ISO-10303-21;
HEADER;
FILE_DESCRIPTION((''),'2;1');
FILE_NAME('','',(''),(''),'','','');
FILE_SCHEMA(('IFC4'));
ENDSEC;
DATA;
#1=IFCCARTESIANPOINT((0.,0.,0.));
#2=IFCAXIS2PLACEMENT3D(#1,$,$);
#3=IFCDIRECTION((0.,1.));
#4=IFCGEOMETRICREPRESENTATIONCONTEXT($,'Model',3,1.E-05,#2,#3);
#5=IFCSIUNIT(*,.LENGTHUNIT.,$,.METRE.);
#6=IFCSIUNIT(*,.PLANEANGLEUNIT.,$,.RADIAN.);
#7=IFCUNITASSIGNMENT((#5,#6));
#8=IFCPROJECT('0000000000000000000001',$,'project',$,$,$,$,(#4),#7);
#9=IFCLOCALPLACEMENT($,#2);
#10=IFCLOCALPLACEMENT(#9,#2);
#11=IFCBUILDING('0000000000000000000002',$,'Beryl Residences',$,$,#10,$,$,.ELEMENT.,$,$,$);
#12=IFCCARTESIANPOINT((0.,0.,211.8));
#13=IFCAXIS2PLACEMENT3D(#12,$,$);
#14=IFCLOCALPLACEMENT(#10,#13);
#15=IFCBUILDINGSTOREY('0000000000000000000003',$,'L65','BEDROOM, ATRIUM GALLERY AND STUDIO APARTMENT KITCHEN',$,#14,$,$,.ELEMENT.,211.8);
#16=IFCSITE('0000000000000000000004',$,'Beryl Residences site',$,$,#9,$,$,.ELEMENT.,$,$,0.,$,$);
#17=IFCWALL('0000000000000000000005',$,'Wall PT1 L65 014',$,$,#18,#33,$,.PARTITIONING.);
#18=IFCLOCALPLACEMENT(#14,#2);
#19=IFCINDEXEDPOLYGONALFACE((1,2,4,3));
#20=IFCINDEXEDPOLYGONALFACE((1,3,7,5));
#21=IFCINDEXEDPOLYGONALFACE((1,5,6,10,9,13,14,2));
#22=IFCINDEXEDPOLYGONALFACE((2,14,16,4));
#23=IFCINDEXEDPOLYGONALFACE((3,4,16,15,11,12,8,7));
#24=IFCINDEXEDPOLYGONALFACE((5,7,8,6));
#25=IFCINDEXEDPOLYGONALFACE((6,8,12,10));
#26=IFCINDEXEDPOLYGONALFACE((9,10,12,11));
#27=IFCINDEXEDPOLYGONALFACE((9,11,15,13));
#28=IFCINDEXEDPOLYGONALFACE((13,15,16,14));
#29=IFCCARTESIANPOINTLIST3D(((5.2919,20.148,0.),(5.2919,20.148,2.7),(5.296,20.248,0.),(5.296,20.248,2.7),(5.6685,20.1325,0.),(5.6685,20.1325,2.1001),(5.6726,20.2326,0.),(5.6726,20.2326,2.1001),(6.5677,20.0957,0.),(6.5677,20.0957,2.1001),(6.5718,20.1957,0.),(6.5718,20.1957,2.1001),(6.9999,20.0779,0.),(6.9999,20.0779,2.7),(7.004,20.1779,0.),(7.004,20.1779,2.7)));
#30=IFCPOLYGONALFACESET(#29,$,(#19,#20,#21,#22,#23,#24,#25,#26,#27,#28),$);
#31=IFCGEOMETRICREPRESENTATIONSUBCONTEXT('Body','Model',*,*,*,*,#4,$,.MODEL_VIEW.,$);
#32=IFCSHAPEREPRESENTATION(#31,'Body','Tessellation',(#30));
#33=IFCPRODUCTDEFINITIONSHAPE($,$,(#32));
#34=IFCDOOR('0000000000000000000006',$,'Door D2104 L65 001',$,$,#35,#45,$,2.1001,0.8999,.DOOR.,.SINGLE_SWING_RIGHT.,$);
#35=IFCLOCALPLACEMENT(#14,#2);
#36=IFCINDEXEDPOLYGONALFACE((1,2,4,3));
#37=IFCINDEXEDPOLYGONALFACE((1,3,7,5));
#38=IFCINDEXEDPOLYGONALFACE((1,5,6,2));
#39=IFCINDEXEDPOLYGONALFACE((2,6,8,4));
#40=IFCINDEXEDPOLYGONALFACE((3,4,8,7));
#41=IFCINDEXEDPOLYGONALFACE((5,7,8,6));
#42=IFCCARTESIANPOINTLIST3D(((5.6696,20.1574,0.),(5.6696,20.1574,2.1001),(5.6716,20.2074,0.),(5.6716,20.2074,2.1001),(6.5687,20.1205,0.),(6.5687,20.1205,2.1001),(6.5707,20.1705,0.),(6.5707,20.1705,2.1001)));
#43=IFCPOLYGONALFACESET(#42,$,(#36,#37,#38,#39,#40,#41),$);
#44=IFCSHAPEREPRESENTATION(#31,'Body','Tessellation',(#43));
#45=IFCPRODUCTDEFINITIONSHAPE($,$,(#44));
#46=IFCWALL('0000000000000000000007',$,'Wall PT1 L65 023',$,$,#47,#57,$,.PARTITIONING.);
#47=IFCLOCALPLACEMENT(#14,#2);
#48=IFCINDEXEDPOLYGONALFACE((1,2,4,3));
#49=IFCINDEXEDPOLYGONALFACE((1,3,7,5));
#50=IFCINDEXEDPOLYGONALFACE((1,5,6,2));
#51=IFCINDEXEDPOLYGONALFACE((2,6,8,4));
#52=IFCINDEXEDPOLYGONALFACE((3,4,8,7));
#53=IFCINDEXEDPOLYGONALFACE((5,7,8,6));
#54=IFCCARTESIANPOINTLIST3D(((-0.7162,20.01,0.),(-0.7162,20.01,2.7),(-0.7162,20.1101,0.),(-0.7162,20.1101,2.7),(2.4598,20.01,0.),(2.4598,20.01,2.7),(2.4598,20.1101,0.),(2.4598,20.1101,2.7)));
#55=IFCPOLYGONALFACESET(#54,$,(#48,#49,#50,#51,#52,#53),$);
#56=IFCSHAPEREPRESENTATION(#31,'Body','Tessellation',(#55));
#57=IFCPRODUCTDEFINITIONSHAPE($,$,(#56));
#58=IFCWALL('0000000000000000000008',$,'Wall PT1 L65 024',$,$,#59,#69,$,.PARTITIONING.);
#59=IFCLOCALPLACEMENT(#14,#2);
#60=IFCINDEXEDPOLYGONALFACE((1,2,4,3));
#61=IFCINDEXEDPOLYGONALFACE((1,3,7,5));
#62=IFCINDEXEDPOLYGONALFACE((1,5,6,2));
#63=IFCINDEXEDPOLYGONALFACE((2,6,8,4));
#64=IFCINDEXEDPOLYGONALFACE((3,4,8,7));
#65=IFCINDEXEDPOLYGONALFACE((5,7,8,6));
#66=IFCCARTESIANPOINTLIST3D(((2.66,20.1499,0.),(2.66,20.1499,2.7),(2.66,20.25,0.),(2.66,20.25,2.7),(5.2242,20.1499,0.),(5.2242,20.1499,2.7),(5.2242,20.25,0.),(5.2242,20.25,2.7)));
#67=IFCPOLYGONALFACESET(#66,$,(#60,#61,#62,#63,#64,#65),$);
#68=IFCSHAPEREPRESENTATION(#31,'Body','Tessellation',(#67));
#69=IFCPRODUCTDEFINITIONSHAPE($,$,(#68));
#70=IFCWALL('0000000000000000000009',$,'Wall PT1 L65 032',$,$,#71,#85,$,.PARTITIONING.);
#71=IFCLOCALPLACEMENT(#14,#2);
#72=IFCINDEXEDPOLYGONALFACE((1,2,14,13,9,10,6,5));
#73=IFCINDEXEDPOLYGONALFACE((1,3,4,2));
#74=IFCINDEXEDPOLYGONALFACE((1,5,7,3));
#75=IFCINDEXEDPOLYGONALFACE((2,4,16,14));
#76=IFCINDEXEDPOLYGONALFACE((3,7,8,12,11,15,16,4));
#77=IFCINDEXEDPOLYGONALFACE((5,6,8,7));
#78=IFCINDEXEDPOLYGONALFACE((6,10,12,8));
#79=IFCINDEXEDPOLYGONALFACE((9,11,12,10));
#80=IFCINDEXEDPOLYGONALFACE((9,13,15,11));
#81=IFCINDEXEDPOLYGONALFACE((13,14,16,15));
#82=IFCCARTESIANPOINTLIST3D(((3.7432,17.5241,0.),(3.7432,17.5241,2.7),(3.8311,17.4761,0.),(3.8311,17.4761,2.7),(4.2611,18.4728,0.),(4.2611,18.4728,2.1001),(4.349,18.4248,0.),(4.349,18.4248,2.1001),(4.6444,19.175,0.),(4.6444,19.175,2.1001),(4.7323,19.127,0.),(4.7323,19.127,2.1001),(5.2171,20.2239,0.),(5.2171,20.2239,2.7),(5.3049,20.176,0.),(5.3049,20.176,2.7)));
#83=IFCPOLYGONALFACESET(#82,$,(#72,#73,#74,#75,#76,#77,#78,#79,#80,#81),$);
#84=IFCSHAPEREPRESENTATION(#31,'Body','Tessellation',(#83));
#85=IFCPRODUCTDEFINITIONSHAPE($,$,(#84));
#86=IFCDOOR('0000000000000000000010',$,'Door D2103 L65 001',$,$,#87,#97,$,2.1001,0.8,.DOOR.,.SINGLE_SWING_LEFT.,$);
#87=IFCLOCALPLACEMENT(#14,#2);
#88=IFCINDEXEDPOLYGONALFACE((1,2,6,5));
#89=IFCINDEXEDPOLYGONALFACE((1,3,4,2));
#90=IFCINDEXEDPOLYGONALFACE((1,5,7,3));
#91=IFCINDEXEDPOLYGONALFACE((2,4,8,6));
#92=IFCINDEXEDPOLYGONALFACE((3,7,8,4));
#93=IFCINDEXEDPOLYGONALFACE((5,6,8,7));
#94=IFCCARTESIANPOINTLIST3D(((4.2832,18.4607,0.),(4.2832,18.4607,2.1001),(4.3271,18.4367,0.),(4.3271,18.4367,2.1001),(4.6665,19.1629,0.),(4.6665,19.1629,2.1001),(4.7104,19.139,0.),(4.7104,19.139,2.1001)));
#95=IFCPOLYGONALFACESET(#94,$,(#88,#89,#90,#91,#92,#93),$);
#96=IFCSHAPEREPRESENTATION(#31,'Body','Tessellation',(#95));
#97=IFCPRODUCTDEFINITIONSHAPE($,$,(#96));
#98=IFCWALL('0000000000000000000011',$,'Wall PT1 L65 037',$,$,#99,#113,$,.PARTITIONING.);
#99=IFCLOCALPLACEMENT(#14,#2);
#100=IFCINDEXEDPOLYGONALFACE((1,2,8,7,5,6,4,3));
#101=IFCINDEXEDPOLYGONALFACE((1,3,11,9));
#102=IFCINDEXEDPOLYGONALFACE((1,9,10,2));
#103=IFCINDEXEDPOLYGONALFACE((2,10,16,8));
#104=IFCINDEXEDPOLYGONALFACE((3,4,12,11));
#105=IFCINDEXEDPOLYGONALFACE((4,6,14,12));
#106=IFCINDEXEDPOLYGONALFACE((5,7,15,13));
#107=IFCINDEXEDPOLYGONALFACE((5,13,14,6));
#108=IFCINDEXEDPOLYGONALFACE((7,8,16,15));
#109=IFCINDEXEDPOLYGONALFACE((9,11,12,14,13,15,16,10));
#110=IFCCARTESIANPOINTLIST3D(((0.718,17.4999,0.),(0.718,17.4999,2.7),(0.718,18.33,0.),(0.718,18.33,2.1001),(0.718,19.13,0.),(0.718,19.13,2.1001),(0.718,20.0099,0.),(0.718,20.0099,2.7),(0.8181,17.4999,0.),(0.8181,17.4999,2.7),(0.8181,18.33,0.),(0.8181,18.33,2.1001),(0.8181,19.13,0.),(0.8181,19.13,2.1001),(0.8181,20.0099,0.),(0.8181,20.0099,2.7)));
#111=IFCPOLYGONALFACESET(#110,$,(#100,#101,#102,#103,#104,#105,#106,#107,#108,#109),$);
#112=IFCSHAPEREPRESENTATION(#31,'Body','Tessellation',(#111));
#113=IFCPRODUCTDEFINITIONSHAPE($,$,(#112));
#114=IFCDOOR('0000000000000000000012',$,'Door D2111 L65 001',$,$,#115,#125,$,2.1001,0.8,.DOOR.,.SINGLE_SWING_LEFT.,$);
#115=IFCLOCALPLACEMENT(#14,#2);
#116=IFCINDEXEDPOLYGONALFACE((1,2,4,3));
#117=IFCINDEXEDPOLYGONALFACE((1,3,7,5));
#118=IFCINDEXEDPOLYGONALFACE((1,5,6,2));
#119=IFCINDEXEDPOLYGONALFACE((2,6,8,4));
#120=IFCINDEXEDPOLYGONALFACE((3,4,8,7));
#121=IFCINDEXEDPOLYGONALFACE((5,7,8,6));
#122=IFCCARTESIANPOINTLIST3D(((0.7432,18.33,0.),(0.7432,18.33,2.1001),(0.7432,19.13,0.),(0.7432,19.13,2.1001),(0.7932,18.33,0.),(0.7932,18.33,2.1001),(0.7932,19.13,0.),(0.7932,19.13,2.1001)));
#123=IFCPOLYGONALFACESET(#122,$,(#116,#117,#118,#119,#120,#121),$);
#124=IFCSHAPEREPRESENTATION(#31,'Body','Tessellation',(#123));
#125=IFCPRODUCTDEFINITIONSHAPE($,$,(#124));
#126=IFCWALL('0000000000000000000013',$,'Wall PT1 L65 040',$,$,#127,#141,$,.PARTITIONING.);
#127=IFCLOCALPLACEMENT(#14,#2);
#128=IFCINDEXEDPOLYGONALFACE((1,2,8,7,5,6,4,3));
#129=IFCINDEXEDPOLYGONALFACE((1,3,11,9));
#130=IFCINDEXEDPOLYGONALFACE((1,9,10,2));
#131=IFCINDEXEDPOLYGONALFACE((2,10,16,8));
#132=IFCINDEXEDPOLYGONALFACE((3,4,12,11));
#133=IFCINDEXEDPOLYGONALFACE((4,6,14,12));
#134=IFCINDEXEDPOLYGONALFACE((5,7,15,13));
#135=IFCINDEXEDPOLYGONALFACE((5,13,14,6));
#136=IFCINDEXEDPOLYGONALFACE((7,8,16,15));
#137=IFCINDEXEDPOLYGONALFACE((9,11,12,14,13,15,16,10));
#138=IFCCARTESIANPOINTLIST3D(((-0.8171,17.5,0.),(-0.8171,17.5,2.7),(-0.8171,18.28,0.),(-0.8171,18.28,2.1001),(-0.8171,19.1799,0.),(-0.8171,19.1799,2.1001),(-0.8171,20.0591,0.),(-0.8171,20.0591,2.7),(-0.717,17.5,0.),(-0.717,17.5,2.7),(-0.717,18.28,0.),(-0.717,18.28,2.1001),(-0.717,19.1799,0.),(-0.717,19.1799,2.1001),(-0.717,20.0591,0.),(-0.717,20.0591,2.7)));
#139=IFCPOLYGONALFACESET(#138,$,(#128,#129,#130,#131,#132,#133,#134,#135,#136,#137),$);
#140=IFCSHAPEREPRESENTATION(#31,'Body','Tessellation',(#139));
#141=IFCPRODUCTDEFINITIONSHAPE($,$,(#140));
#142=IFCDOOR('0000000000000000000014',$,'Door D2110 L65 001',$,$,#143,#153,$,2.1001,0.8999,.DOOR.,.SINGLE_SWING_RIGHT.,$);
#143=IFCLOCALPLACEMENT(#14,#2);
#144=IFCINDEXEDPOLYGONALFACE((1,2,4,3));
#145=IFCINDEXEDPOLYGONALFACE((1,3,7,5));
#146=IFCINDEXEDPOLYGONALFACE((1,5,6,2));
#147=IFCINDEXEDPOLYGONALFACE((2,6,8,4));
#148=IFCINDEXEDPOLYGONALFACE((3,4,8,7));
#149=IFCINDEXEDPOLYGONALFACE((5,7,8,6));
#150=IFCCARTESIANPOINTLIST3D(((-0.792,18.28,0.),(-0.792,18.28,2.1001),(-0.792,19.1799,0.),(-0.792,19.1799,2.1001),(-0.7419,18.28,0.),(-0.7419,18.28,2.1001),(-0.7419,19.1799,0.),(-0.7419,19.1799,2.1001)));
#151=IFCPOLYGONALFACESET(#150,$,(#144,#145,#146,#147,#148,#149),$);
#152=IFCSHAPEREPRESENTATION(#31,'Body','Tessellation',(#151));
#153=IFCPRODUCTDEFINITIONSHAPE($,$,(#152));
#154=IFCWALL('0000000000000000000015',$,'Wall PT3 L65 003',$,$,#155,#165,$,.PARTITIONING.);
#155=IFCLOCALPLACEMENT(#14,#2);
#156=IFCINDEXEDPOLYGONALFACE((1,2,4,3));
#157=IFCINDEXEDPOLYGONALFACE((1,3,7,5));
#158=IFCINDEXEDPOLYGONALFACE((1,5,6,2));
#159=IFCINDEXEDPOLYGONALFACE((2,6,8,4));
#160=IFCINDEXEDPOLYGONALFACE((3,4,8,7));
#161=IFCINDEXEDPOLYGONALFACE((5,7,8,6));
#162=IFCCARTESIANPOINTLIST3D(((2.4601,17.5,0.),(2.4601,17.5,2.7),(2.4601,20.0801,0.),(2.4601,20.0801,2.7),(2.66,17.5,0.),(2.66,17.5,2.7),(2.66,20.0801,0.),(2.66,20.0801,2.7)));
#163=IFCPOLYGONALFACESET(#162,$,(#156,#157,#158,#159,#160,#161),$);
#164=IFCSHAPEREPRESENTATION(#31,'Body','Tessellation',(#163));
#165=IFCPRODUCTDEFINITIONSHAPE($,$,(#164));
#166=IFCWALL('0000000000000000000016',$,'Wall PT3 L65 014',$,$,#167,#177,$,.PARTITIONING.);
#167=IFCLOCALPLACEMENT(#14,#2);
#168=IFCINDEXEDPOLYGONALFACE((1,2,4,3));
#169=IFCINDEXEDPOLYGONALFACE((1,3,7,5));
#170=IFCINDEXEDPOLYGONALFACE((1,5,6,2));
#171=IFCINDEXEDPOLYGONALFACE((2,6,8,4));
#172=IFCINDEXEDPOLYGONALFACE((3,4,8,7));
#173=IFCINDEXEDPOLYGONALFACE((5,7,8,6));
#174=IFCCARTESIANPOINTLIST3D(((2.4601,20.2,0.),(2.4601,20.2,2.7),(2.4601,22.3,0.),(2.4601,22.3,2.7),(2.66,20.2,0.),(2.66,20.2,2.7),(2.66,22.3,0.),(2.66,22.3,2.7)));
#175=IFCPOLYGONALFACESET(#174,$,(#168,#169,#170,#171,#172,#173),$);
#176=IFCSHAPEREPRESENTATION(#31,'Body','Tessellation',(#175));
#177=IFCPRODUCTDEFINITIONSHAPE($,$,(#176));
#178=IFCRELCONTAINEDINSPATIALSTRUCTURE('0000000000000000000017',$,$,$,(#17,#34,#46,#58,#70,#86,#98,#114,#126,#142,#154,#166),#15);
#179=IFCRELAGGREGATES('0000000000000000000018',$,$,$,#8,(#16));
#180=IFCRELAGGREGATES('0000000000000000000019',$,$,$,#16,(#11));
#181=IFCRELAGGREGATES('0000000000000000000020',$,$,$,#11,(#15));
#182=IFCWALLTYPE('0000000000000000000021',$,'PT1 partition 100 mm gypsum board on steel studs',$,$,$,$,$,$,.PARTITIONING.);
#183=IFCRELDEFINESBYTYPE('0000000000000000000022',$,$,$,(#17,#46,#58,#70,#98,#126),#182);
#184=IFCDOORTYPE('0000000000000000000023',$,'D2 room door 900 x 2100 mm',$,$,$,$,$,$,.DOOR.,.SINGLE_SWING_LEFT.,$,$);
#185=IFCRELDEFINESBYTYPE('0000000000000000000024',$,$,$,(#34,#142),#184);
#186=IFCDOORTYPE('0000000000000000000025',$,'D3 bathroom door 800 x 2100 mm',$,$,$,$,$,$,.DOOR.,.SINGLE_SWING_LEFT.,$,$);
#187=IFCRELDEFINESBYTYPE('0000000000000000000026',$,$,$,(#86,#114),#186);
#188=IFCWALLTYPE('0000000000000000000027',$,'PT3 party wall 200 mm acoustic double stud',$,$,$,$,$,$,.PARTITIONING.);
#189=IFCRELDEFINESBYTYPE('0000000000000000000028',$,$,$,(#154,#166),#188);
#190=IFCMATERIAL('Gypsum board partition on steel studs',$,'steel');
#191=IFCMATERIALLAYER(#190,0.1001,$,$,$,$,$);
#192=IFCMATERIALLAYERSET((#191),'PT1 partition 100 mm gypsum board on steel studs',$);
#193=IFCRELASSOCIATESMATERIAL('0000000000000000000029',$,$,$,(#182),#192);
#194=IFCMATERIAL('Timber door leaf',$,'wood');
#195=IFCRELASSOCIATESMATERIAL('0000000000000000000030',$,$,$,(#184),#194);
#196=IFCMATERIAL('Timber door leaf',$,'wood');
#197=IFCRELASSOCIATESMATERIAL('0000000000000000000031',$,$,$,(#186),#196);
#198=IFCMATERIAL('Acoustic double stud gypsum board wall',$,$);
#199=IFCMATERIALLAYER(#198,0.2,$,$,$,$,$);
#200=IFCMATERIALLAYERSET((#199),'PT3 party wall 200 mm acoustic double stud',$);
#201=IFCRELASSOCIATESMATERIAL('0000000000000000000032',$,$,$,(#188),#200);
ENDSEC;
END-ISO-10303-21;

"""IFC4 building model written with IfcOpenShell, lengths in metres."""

from ifc_helpers import new_model, si_unit, direction, frame, frame_2d, origin, place, context, subcontext, project, spatial, rectangle, extrude, material, layer, layer_set, type_object, element, fill, save


model = new_model("IFC4")

# Units and contexts
model_context = context("Model", 3, precision=1e-05, world=origin(), true_north=direction((0.0, 1.0)))
body_context = subcontext(model_context, "Body", "Model", "MODEL_VIEW")
ifc_project = project(units=[si_unit("LENGTHUNIT", "METRE"), si_unit("PLANEANGLEUNIT", "RADIAN")], contexts=[model_context])

# Site, building, storey
site_placement = place(None, origin())
site = spatial("IfcSite", under=ifc_project, at=site_placement, Name="Beryl Residences site", CompositionType="ELEMENT", RefElevation=0.0)
building_placement = place(site_placement, origin())
building = spatial("IfcBuilding", under=site, at=building_placement, Name="Beryl Residences", CompositionType="ELEMENT")
storey_placement = place(building_placement, frame((0.0, 0.0, 211.8)))
storey = spatial("IfcBuildingStorey", under=building, at=storey_placement, Name="L65", Description="BEDROOM, ATRIUM GALLERY AND STUDIO APARTMENT KITCHEN", CompositionType="ELEMENT", Elevation=211.8)

# Shared definitions
ifc_material_1 = material(Name="Gypsum board partition on steel studs", Category="steel")
ifc_layer_1 = layer(ifc_material_1, 0.1001)
ifc_layer_set_1 = layer_set([ifc_layer_1], Name="PT1 partition 100 mm gypsum board on steel studs")
wall_type_1 = type_object("IfcWallType", Name="PT1 partition 100 mm gypsum board on steel studs", PredefinedType="PARTITIONING", material=ifc_layer_set_1)

# Wall, opening, door
wall_1_placement = place(storey_placement, frame((5.2939, 20.198, 0.0), z_axis=(0.0, 0.0, 1.0), x_axis=(0.99916, -0.040989, 0.0)))
wall_1 = element("IfcWall", 1, at=wall_1_placement, inside=storey, type_object=wall_type_1, Name="Wall PT1 L65 014", PredefinedType="PARTITIONING", context=body_context, shape_type="SweptSolid", body=[
    extrude(rectangle(XDim=1.7095, YDim=0.1001, at=frame_2d((0.8547, 0.0))), origin(), (0.0, 0.0, 1.0), 2.7),
])
opening_1_placement = place(wall_1_placement, frame((0.377, 0.0, 0.0)))
opening_1 = element("IfcOpeningElement", 2, at=opening_1_placement, cuts=wall_1, PredefinedType="OPENING", context=body_context, shape_type="SweptSolid", body=[
    extrude(rectangle(XDim=0.8999, YDim=2.1001, at=frame_2d((0.45, 1.05))), frame((0.0, 0.0601, 0.0), z_axis=(0.0, -1.0, 0.0), x_axis=(1.0, 0.0, 0.0)), (0.0, 0.0, 1.0), 0.1201),
])
ifc_material_2 = material(Name="Timber door leaf", Category="wood")
door_type_1 = type_object("IfcDoorType", Name="D2 room door 900 x 2100 mm", OperationType="SINGLE_SWING_LEFT", PredefinedType="DOOR", material=ifc_material_2)
door_1_placement = place(opening_1_placement, origin())
door_1 = element("IfcDoor", 3, at=door_1_placement, inside=storey, type_object=door_type_1, Name="Door D2104 L65 001", OperationType="SINGLE_SWING_RIGHT", OverallHeight=2.1001, OverallWidth=0.8999, PredefinedType="DOOR", context=body_context, shape_type="SweptSolid", body=[
    extrude(rectangle(XDim=0.8999, YDim=2.1001, at=frame_2d((0.45, 1.05))), frame((0.0, 0.0249, 0.0), z_axis=(0.0, -1.0, 0.0), x_axis=(1.0, 0.0, 0.0)), (0.0, 0.0, 1.0), 0.05),
])
fill(opening_1, door_1)

# Walls
wall_2_placement = place(storey_placement, frame((-0.7161, 20.0601, 0.0), z_axis=(0.0, 0.0, 1.0), x_axis=(1.0, 0.0, 0.0)))
element("IfcWall", 4, at=wall_2_placement, inside=storey, type_object=wall_type_1, Name="Wall PT1 L65 023", PredefinedType="PARTITIONING", context=body_context, shape_type="SweptSolid", body=[
    extrude(rectangle(XDim=3.176, YDim=0.1001, at=frame_2d((1.5879, 0.0))), origin(), (0.0, 0.0, 1.0), 2.7),
])
wall_3_placement = place(storey_placement, frame((2.6599, 20.2, 0.0), z_axis=(0.0, 0.0, 1.0), x_axis=(1.0, 0.0, 0.0)))
element("IfcWall", 5, at=wall_3_placement, inside=storey, type_object=wall_type_1, Name="Wall PT1 L65 024", PredefinedType="PARTITIONING", context=body_context, shape_type="SweptSolid", body=[
    extrude(rectangle(XDim=2.5642, YDim=0.1001, at=frame_2d((1.2822, 0.0))), origin(), (0.0, 0.0, 1.0), 2.7),
])

# Walls, openings, doors
wall_4_placement = place(storey_placement, frame((3.7871, 17.5, 0.0), z_axis=(0.0, 0.0, 1.0), x_axis=(0.479147, 0.877735, 0.0)))
wall_4 = element("IfcWall", 6, at=wall_4_placement, inside=storey, type_object=wall_type_1, Name="Wall PT1 L65 032", PredefinedType="PARTITIONING", context=body_context, shape_type="SweptSolid", body=[
    extrude(rectangle(XDim=3.0759, YDim=0.1001, at=frame_2d((1.5381, 0.0))), origin(), (0.0, 0.0, 1.0), 2.7),
])
opening_2_placement = place(wall_4_placement, frame((1.0811, 0.0, 0.0)))
opening_2 = element("IfcOpeningElement", 7, at=opening_2_placement, cuts=wall_4, PredefinedType="OPENING", context=body_context, shape_type="SweptSolid", body=[
    extrude(rectangle(XDim=0.8, YDim=2.1001, at=frame_2d((0.3999, 1.05))), frame((0.0, 0.0601, 0.0), z_axis=(0.0, -1.0, 0.0), x_axis=(1.0, 0.0, 0.0)), (0.0, 0.0, 1.0), 0.1201),
])
ifc_material_3 = material(Name="Timber door leaf", Category="wood")
door_type_2 = type_object("IfcDoorType", Name="D3 bathroom door 800 x 2100 mm", OperationType="SINGLE_SWING_LEFT", PredefinedType="DOOR", material=ifc_material_3)
door_2_placement = place(opening_2_placement, origin())
door_2 = element("IfcDoor", 8, at=door_2_placement, inside=storey, type_object=door_type_2, Name="Door D2103 L65 001", OperationType="SINGLE_SWING_LEFT", OverallHeight=2.1001, OverallWidth=0.8, PredefinedType="DOOR", context=body_context, shape_type="SweptSolid", body=[
    extrude(rectangle(XDim=0.8, YDim=2.1001, at=frame_2d((0.3999, 1.05))), frame((0.0, 0.0249, 0.0), z_axis=(0.0, -1.0, 0.0), x_axis=(1.0, 0.0, 0.0)), (0.0, 0.0, 1.0), 0.05),
])
fill(opening_2, door_2)
wall_5_placement = place(storey_placement, frame((0.7681, 17.5, 0.0), z_axis=(0.0, 0.0, 1.0), x_axis=(0.0, 1.0, 0.0)))
wall_5 = element("IfcWall", 9, at=wall_5_placement, inside=storey, type_object=wall_type_1, Name="Wall PT1 L65 037", PredefinedType="PARTITIONING", context=body_context, shape_type="SweptSolid", body=[
    extrude(rectangle(XDim=2.51, YDim=0.1001, at=frame_2d((1.2549, 0.0))), origin(), (0.0, 0.0, 1.0), 2.7),
])
opening_3_placement = place(wall_5_placement, frame((0.8301, 0.0, 0.0)))
opening_3 = element("IfcOpeningElement", 10, at=opening_3_placement, cuts=wall_5, PredefinedType="OPENING", context=body_context, shape_type="SweptSolid", body=[
    extrude(rectangle(XDim=0.8, YDim=2.1001, at=frame_2d((0.3999, 1.05))), frame((0.0, 0.0601, 0.0), z_axis=(0.0, -1.0, 0.0), x_axis=(1.0, 0.0, 0.0)), (0.0, 0.0, 1.0), 0.1201),
])
door_3_placement = place(opening_3_placement, origin())
door_3 = element("IfcDoor", 11, at=door_3_placement, inside=storey, type_object=door_type_2, Name="Door D2111 L65 001", OperationType="SINGLE_SWING_LEFT", OverallHeight=2.1001, OverallWidth=0.8, PredefinedType="DOOR", context=body_context, shape_type="SweptSolid", body=[
    extrude(rectangle(XDim=0.8, YDim=2.1001, at=frame_2d((0.3999, 1.05))), frame((0.0, 0.0249, 0.0), z_axis=(0.0, -1.0, 0.0), x_axis=(1.0, 0.0, 0.0)), (0.0, 0.0, 1.0), 0.05),
])
fill(opening_3, door_3)
wall_6_placement = place(storey_placement, frame((-0.7671, 17.5, 0.0), z_axis=(0.0, 0.0, 1.0), x_axis=(0.0, 1.0, 0.0)))
wall_6 = element("IfcWall", 12, at=wall_6_placement, inside=storey, type_object=wall_type_1, Name="Wall PT1 L65 040", PredefinedType="PARTITIONING", context=body_context, shape_type="SweptSolid", body=[
    extrude(rectangle(XDim=2.5591, YDim=0.1001, at=frame_2d((1.2795, 0.0))), origin(), (0.0, 0.0, 1.0), 2.7),
])
opening_4_placement = place(wall_6_placement, frame((0.78, 0.0, 0.0)))
opening_4 = element("IfcOpeningElement", 13, at=opening_4_placement, cuts=wall_6, PredefinedType="OPENING", context=body_context, shape_type="SweptSolid", body=[
    extrude(rectangle(XDim=0.8999, YDim=2.1001, at=frame_2d((0.45, 1.05))), frame((0.0, 0.0601, 0.0), z_axis=(0.0, -1.0, 0.0), x_axis=(1.0, 0.0, 0.0)), (0.0, 0.0, 1.0), 0.1201),
])
door_4_placement = place(opening_4_placement, origin())
door_4 = element("IfcDoor", 14, at=door_4_placement, inside=storey, type_object=door_type_1, Name="Door D2110 L65 001", OperationType="SINGLE_SWING_RIGHT", OverallHeight=2.1001, OverallWidth=0.8999, PredefinedType="DOOR", context=body_context, shape_type="SweptSolid", body=[
    extrude(rectangle(XDim=0.8999, YDim=2.1001, at=frame_2d((0.45, 1.05))), frame((0.0, 0.0249, 0.0), z_axis=(0.0, -1.0, 0.0), x_axis=(1.0, 0.0, 0.0)), (0.0, 0.0, 1.0), 0.05),
])
fill(opening_4, door_4)

# Walls
ifc_material_4 = material(Name="Acoustic double stud gypsum board wall")
ifc_layer_2 = layer(ifc_material_4, 0.2)
ifc_layer_set_2 = layer_set([ifc_layer_2], Name="PT3 party wall 200 mm acoustic double stud")
wall_type_2 = type_object("IfcWallType", Name="PT3 party wall 200 mm acoustic double stud", PredefinedType="PARTITIONING", material=ifc_layer_set_2)
wall_7_placement = place(storey_placement, frame((2.5601, 20.0801, 0.0), z_axis=(0.0, 0.0, 1.0), x_axis=(0.0, -1.0, 0.0)))
element("IfcWall", 15, at=wall_7_placement, inside=storey, type_object=wall_type_2, Name="Wall PT3 L65 003", PredefinedType="PARTITIONING", context=body_context, shape_type="SweptSolid", body=[
    extrude(rectangle(XDim=2.5801, YDim=0.2, at=frame_2d((1.29, 0.0))), origin(), (0.0, 0.0, 1.0), 2.7),
])
wall_8_placement = place(storey_placement, frame((2.5601, 20.2, 0.0), z_axis=(0.0, 0.0, 1.0), x_axis=(0.0, 1.0, 0.0)))
element("IfcWall", 16, at=wall_8_placement, inside=storey, type_object=wall_type_2, Name="Wall PT3 L65 014", PredefinedType="PARTITIONING", context=body_context, shape_type="SweptSolid", body=[
    extrude(rectangle(XDim=2.1001, YDim=0.2, at=frame_2d((1.05, 0.0))), origin(), (0.0, 0.0, 1.0), 2.7),
])

save(model, "model.ifc")
